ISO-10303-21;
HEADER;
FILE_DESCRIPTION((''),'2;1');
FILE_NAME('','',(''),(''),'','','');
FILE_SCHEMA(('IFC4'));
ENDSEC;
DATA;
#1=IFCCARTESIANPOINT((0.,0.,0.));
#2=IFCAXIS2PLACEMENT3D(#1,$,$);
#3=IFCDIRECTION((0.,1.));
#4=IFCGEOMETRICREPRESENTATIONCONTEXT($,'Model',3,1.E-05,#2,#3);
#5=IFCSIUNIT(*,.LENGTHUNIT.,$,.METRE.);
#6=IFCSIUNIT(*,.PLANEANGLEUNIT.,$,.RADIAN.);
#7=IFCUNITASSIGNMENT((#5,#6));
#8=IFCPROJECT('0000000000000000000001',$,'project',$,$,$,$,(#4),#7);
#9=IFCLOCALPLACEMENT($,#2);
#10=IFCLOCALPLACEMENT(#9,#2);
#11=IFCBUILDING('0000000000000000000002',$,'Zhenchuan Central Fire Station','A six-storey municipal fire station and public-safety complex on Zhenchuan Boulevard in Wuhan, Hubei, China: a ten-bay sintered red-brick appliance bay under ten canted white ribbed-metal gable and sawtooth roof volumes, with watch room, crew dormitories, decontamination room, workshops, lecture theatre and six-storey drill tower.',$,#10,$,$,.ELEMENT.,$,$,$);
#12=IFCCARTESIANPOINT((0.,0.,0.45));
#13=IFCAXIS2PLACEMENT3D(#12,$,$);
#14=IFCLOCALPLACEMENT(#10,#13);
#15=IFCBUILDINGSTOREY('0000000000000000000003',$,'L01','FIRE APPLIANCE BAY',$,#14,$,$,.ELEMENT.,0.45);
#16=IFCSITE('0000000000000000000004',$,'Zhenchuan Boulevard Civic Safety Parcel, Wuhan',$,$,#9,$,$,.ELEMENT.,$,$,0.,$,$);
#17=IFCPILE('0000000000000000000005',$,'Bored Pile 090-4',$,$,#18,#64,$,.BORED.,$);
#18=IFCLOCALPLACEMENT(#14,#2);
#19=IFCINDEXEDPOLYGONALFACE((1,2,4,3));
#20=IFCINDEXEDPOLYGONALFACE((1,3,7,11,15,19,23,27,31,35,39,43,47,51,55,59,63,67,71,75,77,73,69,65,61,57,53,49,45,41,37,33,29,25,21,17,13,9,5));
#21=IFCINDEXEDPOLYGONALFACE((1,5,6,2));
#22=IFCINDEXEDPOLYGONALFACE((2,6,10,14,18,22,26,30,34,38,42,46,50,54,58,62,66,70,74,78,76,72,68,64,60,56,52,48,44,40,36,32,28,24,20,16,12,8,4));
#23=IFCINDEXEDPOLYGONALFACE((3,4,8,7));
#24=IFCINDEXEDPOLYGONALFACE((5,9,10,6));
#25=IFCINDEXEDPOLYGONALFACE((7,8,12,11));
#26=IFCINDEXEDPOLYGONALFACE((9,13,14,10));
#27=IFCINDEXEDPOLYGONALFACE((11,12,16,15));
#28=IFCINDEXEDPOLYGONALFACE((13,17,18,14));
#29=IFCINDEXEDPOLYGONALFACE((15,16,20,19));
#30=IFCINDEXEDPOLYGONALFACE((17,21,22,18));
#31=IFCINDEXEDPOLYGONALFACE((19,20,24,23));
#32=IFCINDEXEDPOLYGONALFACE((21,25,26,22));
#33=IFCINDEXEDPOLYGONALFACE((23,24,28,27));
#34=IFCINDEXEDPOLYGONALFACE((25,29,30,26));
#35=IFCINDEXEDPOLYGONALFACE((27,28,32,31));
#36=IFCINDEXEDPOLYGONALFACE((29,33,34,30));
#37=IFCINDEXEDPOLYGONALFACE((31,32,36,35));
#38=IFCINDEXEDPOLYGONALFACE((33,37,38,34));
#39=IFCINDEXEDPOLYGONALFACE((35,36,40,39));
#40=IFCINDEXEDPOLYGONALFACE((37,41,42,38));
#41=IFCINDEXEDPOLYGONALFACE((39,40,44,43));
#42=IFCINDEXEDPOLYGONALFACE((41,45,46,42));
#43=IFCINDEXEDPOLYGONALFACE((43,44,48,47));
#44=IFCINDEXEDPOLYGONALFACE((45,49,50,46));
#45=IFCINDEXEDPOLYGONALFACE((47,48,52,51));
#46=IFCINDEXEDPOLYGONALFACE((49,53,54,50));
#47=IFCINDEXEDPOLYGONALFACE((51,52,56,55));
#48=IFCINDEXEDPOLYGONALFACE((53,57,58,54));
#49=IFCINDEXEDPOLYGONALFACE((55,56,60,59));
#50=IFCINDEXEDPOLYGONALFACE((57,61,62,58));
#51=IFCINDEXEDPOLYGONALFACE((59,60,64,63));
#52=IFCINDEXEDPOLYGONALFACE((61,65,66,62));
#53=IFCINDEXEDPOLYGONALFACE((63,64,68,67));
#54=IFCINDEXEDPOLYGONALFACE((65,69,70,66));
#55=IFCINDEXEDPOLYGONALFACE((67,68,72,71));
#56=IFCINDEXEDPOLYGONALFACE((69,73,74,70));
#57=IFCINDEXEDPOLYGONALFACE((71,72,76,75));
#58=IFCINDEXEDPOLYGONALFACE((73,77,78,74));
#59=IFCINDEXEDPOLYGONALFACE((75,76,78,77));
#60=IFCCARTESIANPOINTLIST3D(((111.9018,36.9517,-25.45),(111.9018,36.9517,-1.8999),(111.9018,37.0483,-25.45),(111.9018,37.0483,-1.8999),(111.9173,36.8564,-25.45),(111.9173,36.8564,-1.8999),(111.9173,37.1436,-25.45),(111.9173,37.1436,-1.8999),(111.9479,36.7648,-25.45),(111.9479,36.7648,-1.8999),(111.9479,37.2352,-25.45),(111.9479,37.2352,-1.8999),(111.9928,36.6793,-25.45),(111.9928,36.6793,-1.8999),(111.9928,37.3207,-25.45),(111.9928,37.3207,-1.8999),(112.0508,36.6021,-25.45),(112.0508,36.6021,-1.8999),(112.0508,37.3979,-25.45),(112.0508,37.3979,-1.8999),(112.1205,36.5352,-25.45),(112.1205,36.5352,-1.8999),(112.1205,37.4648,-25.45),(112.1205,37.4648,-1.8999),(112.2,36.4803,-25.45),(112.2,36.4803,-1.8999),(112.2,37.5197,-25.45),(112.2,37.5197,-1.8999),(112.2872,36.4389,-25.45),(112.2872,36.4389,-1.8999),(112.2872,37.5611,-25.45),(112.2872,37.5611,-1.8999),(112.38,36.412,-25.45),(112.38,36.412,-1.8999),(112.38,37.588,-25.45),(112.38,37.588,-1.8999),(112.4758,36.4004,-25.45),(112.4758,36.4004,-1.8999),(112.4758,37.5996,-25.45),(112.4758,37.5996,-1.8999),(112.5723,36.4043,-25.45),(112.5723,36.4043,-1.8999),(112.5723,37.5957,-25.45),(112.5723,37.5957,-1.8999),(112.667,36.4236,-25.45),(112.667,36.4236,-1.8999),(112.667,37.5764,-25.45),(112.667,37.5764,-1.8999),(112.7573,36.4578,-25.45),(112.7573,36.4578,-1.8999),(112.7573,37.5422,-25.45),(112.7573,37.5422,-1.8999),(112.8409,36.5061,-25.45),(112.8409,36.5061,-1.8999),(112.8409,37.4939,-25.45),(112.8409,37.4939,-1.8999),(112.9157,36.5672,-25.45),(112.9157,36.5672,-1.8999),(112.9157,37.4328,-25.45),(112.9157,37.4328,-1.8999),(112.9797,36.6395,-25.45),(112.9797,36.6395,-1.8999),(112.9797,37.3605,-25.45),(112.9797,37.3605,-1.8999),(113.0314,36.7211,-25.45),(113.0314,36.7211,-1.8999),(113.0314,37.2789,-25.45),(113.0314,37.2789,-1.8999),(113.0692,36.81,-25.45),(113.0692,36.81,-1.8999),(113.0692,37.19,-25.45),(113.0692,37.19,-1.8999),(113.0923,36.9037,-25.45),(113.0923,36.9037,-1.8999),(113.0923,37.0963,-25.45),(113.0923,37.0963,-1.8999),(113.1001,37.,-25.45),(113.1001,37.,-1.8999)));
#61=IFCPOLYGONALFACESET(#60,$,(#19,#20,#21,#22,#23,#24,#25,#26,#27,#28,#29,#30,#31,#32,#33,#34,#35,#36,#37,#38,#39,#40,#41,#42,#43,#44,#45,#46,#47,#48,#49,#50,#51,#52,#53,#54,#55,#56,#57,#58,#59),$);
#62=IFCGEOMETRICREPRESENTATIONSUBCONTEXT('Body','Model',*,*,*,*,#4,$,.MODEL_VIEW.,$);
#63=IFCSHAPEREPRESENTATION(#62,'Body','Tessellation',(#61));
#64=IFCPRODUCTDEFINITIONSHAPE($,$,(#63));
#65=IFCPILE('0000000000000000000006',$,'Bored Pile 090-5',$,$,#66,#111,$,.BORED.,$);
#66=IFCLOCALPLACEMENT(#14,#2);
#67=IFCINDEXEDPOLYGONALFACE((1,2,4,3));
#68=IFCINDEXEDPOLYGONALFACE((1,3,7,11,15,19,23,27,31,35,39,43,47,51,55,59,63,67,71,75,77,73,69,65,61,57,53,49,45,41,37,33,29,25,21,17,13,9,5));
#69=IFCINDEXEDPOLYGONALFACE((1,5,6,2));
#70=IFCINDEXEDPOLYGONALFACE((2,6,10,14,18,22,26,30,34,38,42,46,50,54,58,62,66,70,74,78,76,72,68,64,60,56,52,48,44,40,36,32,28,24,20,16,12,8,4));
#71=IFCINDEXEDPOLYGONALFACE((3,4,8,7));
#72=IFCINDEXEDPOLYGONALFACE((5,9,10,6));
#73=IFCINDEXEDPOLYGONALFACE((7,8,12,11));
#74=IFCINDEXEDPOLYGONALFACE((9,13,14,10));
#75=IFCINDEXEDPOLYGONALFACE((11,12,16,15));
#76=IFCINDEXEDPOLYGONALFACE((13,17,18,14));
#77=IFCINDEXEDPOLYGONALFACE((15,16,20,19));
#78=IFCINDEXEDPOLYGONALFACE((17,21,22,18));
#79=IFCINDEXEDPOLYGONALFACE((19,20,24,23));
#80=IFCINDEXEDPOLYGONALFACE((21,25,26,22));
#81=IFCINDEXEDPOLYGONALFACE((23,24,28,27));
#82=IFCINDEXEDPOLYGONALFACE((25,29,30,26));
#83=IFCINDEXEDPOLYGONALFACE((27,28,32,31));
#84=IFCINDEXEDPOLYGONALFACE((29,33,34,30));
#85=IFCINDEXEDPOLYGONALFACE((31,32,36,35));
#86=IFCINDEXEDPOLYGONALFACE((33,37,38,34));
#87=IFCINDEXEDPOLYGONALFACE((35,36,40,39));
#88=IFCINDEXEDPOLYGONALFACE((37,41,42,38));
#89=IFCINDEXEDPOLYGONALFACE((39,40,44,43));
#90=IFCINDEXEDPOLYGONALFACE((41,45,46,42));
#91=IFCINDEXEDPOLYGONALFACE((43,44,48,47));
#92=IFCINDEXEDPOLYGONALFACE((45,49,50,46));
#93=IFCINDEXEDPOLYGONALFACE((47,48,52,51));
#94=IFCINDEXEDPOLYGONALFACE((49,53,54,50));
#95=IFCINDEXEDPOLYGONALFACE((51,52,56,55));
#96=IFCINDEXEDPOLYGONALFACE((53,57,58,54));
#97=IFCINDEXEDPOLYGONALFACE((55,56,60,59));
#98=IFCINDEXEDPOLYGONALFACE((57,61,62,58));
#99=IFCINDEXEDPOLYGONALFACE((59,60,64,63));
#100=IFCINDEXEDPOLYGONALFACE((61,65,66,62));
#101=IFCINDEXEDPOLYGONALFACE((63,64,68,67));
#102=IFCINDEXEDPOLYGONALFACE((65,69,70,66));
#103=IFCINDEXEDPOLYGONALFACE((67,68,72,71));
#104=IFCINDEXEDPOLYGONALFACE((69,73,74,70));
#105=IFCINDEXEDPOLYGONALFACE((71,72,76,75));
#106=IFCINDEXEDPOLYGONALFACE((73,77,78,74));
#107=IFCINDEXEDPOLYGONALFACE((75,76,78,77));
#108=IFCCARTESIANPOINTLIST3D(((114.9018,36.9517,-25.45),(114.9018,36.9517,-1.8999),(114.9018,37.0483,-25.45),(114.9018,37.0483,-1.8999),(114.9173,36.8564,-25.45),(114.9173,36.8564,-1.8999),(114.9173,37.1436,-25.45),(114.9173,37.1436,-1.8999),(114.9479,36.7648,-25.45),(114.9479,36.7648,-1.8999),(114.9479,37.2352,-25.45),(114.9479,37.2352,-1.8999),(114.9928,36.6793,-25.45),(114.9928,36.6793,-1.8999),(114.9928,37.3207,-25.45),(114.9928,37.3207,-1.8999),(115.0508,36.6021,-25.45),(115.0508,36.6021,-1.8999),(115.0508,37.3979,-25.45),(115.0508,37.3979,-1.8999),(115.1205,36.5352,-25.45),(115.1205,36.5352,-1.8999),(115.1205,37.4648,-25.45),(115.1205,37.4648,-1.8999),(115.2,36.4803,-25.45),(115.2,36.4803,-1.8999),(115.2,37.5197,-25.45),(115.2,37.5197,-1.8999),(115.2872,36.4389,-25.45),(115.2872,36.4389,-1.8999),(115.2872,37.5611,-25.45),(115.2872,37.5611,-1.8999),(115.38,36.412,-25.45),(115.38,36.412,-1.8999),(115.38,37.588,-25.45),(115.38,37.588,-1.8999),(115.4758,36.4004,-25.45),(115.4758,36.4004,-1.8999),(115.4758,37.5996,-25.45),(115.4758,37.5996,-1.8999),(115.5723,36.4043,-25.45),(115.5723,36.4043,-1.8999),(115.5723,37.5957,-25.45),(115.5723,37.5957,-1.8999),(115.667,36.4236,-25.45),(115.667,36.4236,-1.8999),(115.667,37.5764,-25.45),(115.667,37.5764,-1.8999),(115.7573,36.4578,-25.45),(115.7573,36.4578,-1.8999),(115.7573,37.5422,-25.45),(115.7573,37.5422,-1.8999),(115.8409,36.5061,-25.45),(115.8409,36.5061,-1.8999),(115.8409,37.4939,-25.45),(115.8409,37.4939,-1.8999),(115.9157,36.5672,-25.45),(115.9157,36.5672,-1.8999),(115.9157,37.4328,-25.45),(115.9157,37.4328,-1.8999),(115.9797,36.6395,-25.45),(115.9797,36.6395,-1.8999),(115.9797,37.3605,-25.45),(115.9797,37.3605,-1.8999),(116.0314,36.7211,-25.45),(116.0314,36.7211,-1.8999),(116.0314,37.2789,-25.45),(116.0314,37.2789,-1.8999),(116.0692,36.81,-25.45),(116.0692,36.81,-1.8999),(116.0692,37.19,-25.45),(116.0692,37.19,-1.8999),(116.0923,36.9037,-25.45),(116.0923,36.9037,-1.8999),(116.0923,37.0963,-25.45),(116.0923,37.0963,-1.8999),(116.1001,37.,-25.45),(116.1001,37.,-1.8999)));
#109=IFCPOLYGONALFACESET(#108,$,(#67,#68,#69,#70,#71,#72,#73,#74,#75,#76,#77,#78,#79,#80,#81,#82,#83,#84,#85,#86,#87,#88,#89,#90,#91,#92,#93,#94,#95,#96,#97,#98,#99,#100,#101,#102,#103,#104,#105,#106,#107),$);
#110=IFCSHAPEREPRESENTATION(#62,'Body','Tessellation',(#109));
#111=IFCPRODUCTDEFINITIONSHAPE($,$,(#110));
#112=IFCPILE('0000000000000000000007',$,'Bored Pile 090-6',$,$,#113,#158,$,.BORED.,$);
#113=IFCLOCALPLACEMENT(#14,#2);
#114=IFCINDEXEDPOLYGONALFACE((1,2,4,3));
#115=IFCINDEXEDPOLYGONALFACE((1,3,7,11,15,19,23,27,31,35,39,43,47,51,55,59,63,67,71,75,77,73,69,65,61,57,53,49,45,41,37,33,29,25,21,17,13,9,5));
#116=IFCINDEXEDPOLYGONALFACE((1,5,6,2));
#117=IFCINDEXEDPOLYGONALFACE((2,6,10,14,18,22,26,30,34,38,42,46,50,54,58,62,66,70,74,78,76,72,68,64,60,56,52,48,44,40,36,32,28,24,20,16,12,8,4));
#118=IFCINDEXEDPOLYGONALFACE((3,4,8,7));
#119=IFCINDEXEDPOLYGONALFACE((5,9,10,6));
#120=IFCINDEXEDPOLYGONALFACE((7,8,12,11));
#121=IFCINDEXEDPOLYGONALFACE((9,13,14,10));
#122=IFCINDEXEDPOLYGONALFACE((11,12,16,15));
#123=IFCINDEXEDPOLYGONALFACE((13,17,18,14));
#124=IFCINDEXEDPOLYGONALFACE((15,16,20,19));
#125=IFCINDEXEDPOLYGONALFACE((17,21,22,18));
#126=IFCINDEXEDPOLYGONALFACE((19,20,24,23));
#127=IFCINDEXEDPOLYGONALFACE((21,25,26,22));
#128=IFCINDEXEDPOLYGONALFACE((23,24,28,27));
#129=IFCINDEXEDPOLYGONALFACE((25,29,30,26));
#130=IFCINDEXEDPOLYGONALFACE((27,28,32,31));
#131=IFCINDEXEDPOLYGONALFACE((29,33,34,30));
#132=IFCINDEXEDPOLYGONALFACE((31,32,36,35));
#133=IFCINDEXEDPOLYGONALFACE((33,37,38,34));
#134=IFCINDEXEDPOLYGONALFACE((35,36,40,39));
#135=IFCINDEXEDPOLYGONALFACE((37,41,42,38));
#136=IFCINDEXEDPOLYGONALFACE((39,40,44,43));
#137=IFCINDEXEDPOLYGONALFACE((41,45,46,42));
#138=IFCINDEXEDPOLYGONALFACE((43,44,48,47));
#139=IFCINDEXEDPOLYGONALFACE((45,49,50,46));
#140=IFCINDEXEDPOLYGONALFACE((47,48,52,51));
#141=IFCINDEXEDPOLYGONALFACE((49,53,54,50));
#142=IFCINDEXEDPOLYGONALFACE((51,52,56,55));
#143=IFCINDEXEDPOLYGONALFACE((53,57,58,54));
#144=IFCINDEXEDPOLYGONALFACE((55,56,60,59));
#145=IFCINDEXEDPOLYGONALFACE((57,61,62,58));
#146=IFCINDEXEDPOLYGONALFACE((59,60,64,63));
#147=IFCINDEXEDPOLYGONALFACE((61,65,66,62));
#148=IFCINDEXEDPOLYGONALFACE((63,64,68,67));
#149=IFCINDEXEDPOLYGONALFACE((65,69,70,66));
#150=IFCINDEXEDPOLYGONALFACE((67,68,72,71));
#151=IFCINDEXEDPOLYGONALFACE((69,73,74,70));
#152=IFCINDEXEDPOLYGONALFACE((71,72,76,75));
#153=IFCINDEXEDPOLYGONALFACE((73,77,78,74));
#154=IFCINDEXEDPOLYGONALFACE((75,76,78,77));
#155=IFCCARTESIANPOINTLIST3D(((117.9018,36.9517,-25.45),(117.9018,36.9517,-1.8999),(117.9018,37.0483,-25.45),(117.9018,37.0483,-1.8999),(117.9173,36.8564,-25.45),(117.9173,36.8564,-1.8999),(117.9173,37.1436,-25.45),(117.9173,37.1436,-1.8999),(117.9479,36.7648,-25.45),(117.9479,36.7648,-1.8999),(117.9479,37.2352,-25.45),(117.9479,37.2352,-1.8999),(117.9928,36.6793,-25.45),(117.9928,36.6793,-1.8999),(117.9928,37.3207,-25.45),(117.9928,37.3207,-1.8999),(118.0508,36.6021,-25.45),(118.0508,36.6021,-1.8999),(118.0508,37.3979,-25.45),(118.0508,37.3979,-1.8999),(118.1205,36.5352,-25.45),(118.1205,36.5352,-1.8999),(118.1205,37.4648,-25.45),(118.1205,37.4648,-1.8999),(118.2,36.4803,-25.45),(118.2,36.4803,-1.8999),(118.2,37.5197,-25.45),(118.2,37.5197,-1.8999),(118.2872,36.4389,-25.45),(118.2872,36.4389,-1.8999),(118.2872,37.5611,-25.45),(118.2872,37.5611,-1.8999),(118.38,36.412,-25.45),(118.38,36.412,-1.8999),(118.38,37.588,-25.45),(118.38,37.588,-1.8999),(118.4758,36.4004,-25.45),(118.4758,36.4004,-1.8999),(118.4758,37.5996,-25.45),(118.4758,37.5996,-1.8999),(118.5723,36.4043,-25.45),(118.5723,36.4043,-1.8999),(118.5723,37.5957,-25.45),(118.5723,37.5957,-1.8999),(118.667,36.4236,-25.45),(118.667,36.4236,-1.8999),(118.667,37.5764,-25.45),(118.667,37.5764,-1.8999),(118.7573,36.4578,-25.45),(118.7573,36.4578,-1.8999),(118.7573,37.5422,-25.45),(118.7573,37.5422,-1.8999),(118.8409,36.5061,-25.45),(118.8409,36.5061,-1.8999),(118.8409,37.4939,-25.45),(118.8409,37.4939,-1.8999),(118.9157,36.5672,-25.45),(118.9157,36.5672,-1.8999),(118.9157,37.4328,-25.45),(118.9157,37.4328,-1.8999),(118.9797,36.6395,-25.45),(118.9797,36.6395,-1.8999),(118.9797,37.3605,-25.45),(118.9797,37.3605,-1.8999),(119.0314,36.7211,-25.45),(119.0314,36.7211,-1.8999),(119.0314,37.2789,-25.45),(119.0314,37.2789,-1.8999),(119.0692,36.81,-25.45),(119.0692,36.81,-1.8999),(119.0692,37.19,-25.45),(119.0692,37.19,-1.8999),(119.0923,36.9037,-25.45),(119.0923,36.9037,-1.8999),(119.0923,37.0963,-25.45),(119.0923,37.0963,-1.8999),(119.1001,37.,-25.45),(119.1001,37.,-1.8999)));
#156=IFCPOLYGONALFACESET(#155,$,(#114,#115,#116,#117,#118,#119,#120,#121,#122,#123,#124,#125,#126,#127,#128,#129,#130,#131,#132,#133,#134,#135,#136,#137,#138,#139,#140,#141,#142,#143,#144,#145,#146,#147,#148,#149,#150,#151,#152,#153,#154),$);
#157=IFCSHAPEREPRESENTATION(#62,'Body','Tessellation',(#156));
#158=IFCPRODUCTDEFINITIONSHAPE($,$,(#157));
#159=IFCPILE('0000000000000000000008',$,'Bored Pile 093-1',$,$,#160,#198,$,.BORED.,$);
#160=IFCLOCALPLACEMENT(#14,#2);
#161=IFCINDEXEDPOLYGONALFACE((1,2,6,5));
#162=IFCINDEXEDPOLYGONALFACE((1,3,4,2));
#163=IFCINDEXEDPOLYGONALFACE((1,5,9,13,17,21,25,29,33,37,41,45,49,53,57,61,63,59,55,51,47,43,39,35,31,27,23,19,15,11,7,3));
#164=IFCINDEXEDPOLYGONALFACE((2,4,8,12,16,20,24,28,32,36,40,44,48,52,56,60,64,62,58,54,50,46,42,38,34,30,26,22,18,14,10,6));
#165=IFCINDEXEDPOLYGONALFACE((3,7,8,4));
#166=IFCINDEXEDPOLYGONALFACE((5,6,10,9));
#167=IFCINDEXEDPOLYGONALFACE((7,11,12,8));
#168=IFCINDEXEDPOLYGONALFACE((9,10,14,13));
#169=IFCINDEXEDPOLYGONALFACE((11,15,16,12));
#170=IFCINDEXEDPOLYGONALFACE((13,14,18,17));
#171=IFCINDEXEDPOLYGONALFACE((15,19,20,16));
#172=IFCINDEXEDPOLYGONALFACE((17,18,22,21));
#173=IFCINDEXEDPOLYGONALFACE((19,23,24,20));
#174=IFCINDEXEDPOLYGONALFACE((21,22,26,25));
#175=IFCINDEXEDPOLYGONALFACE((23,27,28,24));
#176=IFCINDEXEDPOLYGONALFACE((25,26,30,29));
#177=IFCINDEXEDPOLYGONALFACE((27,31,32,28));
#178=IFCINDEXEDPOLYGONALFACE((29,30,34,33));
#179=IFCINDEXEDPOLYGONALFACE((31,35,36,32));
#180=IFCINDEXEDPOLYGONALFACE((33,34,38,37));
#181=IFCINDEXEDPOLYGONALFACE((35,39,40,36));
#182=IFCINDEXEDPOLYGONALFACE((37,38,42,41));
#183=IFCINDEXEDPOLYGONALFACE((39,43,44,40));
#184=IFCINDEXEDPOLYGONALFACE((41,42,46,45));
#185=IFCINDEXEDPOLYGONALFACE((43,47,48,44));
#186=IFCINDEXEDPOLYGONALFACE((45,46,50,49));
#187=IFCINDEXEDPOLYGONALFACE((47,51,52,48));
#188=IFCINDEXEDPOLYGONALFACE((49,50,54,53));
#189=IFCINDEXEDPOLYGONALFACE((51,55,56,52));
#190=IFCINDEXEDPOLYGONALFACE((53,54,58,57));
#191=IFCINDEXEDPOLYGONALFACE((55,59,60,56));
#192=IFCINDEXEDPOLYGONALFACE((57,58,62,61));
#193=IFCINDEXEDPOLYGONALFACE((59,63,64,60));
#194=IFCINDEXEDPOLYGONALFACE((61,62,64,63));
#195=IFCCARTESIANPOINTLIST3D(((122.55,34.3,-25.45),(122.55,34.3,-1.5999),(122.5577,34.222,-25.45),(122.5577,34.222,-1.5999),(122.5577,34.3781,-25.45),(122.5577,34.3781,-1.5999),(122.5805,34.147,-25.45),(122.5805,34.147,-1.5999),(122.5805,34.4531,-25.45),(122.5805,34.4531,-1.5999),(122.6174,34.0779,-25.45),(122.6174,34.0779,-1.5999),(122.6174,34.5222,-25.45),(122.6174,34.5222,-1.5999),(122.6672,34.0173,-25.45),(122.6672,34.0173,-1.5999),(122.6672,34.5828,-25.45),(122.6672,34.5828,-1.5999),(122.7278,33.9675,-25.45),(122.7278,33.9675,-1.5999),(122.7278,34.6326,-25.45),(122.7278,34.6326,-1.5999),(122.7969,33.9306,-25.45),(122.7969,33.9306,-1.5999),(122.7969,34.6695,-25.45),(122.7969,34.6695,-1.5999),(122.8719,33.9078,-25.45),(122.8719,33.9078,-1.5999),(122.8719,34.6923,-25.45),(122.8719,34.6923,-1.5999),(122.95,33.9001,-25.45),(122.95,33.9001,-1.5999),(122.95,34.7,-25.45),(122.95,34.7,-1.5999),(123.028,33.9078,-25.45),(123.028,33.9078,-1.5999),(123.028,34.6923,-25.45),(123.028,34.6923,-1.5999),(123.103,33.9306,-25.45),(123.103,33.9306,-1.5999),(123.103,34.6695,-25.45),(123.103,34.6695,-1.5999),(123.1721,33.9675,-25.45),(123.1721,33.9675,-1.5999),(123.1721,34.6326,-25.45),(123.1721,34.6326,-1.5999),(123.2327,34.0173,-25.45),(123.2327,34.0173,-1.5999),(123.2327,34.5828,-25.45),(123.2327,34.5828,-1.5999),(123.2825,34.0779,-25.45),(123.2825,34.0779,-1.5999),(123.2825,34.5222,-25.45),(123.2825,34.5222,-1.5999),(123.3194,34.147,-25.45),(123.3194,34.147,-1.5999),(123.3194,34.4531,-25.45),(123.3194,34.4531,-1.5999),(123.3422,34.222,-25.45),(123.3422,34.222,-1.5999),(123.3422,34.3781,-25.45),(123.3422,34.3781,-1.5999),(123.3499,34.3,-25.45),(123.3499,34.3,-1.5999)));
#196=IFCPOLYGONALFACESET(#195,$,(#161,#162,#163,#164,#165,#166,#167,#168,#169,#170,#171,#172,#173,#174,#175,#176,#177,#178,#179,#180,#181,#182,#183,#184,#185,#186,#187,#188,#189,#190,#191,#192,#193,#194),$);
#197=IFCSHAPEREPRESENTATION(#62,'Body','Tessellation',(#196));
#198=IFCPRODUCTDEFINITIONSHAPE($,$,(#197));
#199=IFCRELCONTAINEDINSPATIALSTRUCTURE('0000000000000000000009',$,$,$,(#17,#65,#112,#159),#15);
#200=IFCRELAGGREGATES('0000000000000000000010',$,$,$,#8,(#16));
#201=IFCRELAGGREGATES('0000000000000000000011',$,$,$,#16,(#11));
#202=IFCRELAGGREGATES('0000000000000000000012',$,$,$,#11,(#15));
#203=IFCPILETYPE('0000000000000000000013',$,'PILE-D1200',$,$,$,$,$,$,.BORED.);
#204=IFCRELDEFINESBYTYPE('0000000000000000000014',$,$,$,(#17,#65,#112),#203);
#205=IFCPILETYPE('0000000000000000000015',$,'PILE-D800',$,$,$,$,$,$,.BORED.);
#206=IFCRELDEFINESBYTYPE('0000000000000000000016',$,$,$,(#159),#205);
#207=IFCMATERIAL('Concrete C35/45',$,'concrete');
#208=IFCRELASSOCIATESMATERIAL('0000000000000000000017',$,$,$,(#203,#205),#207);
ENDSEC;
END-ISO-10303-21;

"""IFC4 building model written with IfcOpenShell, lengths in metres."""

from ifc_helpers import new_model, si_unit, direction, frame, origin, origin_2d, place, context, subcontext, project, spatial, circle, extrude, material, material_profile, profile_set, type_object, element, save


model = new_model("IFC4")

# Units and contexts
model_context = context("Model", 3, precision=1e-05, world=origin(), true_north=direction((0.0, 1.0)))
body_context = subcontext(model_context, "Body", "Model", "MODEL_VIEW")
ifc_project = project(units=[si_unit("LENGTHUNIT", "METRE"), si_unit("PLANEANGLEUNIT", "RADIAN")], contexts=[model_context])

# Site, building, storey
site_placement = place(None, origin())
site = spatial("IfcSite", under=ifc_project, at=site_placement, Name="Zhenchuan Boulevard Civic Safety Parcel, Wuhan", CompositionType="ELEMENT", RefElevation=0.0)
building_placement = place(site_placement, origin())
building = spatial("IfcBuilding", under=site, at=building_placement, Name="Zhenchuan Central Fire Station", Description="A six-storey municipal fire station and public-safety complex on Zhenchuan Boulevard in Wuhan, Hubei, China: a ten-bay sintered red-brick appliance bay under ten canted white ribbed-metal gable and sawtooth roof volumes, with watch room, crew dormitories, decontamination room, workshops, lecture theatre and six-storey drill tower.", CompositionType="ELEMENT")
storey_placement = place(building_placement, frame((0.0, 0.0, 0.45)))
storey = spatial("IfcBuildingStorey", under=building, at=storey_placement, Name="L01", Description="FIRE APPLIANCE BAY", CompositionType="ELEMENT", Elevation=0.45)

# Piles
ifc_material_1 = material(Name="Concrete C35/45", Category="concrete")
ifc_material_profile_1 = material_profile(ifc_material_1, circle(Radius=0.6001, at=origin_2d()), Name="PILE D1200")
ifc_profile_set_1 = profile_set([ifc_material_profile_1], Name="Concrete C35/45")
pile_type_1 = type_object("IfcPileType", Name="PILE-D1200", PredefinedType="BORED", material=ifc_profile_set_1)
for number, where, z_axis, x_axis, name in (
    (1, (112.5, 37.0, -1.8999), (0.0, 0.0, -1.0), (1.0, 0.0, 0.0), "Bored Pile 090-4"),
    (2, (115.5, 37.0, -1.8999), (0.0, 0.0, -1.0), (1.0, 0.0, 0.0), "Bored Pile 090-5"),
    (3, (118.5, 37.0, -1.8999), (0.0, 0.0, -1.0), (1.0, 0.0, 0.0), "Bored Pile 090-6"),
):
    element("IfcPile", number, at=place(storey_placement, frame(where, z_axis=z_axis, x_axis=x_axis)), inside=storey, type_object=pile_type_1, Name=name, PredefinedType="BORED", context=body_context, shape_type="SweptSolid", body=[
        extrude(circle(Radius=0.6001, at=origin_2d()), origin(), (0.0, 0.0, 1.0), 23.55),
    ])
ifc_material_profile_2 = material_profile(ifc_material_1, circle(Radius=0.3999, at=origin_2d()), Name="PILE D800")
ifc_profile_set_2 = profile_set([ifc_material_profile_2], Name="Concrete C35/45")
pile_type_2 = type_object("IfcPileType", Name="PILE-D800", PredefinedType="BORED", material=ifc_profile_set_2)
for number, where, z_axis, x_axis, name in (
    (4, (122.95, 34.3, -1.5999), (0.0, 0.0, -1.0), (1.0, 0.0, 0.0), "Bored Pile 093-1"),
):
    element("IfcPile", number, at=place(storey_placement, frame(where, z_axis=z_axis, x_axis=x_axis)), inside=storey, type_object=pile_type_2, Name=name, PredefinedType="BORED", context=body_context, shape_type="SweptSolid", body=[
        extrude(circle(Radius=0.3999, at=origin_2d()), origin(), (0.0, 0.0, 1.0), 23.8501),
    ])

save(model, "model.ifc")
